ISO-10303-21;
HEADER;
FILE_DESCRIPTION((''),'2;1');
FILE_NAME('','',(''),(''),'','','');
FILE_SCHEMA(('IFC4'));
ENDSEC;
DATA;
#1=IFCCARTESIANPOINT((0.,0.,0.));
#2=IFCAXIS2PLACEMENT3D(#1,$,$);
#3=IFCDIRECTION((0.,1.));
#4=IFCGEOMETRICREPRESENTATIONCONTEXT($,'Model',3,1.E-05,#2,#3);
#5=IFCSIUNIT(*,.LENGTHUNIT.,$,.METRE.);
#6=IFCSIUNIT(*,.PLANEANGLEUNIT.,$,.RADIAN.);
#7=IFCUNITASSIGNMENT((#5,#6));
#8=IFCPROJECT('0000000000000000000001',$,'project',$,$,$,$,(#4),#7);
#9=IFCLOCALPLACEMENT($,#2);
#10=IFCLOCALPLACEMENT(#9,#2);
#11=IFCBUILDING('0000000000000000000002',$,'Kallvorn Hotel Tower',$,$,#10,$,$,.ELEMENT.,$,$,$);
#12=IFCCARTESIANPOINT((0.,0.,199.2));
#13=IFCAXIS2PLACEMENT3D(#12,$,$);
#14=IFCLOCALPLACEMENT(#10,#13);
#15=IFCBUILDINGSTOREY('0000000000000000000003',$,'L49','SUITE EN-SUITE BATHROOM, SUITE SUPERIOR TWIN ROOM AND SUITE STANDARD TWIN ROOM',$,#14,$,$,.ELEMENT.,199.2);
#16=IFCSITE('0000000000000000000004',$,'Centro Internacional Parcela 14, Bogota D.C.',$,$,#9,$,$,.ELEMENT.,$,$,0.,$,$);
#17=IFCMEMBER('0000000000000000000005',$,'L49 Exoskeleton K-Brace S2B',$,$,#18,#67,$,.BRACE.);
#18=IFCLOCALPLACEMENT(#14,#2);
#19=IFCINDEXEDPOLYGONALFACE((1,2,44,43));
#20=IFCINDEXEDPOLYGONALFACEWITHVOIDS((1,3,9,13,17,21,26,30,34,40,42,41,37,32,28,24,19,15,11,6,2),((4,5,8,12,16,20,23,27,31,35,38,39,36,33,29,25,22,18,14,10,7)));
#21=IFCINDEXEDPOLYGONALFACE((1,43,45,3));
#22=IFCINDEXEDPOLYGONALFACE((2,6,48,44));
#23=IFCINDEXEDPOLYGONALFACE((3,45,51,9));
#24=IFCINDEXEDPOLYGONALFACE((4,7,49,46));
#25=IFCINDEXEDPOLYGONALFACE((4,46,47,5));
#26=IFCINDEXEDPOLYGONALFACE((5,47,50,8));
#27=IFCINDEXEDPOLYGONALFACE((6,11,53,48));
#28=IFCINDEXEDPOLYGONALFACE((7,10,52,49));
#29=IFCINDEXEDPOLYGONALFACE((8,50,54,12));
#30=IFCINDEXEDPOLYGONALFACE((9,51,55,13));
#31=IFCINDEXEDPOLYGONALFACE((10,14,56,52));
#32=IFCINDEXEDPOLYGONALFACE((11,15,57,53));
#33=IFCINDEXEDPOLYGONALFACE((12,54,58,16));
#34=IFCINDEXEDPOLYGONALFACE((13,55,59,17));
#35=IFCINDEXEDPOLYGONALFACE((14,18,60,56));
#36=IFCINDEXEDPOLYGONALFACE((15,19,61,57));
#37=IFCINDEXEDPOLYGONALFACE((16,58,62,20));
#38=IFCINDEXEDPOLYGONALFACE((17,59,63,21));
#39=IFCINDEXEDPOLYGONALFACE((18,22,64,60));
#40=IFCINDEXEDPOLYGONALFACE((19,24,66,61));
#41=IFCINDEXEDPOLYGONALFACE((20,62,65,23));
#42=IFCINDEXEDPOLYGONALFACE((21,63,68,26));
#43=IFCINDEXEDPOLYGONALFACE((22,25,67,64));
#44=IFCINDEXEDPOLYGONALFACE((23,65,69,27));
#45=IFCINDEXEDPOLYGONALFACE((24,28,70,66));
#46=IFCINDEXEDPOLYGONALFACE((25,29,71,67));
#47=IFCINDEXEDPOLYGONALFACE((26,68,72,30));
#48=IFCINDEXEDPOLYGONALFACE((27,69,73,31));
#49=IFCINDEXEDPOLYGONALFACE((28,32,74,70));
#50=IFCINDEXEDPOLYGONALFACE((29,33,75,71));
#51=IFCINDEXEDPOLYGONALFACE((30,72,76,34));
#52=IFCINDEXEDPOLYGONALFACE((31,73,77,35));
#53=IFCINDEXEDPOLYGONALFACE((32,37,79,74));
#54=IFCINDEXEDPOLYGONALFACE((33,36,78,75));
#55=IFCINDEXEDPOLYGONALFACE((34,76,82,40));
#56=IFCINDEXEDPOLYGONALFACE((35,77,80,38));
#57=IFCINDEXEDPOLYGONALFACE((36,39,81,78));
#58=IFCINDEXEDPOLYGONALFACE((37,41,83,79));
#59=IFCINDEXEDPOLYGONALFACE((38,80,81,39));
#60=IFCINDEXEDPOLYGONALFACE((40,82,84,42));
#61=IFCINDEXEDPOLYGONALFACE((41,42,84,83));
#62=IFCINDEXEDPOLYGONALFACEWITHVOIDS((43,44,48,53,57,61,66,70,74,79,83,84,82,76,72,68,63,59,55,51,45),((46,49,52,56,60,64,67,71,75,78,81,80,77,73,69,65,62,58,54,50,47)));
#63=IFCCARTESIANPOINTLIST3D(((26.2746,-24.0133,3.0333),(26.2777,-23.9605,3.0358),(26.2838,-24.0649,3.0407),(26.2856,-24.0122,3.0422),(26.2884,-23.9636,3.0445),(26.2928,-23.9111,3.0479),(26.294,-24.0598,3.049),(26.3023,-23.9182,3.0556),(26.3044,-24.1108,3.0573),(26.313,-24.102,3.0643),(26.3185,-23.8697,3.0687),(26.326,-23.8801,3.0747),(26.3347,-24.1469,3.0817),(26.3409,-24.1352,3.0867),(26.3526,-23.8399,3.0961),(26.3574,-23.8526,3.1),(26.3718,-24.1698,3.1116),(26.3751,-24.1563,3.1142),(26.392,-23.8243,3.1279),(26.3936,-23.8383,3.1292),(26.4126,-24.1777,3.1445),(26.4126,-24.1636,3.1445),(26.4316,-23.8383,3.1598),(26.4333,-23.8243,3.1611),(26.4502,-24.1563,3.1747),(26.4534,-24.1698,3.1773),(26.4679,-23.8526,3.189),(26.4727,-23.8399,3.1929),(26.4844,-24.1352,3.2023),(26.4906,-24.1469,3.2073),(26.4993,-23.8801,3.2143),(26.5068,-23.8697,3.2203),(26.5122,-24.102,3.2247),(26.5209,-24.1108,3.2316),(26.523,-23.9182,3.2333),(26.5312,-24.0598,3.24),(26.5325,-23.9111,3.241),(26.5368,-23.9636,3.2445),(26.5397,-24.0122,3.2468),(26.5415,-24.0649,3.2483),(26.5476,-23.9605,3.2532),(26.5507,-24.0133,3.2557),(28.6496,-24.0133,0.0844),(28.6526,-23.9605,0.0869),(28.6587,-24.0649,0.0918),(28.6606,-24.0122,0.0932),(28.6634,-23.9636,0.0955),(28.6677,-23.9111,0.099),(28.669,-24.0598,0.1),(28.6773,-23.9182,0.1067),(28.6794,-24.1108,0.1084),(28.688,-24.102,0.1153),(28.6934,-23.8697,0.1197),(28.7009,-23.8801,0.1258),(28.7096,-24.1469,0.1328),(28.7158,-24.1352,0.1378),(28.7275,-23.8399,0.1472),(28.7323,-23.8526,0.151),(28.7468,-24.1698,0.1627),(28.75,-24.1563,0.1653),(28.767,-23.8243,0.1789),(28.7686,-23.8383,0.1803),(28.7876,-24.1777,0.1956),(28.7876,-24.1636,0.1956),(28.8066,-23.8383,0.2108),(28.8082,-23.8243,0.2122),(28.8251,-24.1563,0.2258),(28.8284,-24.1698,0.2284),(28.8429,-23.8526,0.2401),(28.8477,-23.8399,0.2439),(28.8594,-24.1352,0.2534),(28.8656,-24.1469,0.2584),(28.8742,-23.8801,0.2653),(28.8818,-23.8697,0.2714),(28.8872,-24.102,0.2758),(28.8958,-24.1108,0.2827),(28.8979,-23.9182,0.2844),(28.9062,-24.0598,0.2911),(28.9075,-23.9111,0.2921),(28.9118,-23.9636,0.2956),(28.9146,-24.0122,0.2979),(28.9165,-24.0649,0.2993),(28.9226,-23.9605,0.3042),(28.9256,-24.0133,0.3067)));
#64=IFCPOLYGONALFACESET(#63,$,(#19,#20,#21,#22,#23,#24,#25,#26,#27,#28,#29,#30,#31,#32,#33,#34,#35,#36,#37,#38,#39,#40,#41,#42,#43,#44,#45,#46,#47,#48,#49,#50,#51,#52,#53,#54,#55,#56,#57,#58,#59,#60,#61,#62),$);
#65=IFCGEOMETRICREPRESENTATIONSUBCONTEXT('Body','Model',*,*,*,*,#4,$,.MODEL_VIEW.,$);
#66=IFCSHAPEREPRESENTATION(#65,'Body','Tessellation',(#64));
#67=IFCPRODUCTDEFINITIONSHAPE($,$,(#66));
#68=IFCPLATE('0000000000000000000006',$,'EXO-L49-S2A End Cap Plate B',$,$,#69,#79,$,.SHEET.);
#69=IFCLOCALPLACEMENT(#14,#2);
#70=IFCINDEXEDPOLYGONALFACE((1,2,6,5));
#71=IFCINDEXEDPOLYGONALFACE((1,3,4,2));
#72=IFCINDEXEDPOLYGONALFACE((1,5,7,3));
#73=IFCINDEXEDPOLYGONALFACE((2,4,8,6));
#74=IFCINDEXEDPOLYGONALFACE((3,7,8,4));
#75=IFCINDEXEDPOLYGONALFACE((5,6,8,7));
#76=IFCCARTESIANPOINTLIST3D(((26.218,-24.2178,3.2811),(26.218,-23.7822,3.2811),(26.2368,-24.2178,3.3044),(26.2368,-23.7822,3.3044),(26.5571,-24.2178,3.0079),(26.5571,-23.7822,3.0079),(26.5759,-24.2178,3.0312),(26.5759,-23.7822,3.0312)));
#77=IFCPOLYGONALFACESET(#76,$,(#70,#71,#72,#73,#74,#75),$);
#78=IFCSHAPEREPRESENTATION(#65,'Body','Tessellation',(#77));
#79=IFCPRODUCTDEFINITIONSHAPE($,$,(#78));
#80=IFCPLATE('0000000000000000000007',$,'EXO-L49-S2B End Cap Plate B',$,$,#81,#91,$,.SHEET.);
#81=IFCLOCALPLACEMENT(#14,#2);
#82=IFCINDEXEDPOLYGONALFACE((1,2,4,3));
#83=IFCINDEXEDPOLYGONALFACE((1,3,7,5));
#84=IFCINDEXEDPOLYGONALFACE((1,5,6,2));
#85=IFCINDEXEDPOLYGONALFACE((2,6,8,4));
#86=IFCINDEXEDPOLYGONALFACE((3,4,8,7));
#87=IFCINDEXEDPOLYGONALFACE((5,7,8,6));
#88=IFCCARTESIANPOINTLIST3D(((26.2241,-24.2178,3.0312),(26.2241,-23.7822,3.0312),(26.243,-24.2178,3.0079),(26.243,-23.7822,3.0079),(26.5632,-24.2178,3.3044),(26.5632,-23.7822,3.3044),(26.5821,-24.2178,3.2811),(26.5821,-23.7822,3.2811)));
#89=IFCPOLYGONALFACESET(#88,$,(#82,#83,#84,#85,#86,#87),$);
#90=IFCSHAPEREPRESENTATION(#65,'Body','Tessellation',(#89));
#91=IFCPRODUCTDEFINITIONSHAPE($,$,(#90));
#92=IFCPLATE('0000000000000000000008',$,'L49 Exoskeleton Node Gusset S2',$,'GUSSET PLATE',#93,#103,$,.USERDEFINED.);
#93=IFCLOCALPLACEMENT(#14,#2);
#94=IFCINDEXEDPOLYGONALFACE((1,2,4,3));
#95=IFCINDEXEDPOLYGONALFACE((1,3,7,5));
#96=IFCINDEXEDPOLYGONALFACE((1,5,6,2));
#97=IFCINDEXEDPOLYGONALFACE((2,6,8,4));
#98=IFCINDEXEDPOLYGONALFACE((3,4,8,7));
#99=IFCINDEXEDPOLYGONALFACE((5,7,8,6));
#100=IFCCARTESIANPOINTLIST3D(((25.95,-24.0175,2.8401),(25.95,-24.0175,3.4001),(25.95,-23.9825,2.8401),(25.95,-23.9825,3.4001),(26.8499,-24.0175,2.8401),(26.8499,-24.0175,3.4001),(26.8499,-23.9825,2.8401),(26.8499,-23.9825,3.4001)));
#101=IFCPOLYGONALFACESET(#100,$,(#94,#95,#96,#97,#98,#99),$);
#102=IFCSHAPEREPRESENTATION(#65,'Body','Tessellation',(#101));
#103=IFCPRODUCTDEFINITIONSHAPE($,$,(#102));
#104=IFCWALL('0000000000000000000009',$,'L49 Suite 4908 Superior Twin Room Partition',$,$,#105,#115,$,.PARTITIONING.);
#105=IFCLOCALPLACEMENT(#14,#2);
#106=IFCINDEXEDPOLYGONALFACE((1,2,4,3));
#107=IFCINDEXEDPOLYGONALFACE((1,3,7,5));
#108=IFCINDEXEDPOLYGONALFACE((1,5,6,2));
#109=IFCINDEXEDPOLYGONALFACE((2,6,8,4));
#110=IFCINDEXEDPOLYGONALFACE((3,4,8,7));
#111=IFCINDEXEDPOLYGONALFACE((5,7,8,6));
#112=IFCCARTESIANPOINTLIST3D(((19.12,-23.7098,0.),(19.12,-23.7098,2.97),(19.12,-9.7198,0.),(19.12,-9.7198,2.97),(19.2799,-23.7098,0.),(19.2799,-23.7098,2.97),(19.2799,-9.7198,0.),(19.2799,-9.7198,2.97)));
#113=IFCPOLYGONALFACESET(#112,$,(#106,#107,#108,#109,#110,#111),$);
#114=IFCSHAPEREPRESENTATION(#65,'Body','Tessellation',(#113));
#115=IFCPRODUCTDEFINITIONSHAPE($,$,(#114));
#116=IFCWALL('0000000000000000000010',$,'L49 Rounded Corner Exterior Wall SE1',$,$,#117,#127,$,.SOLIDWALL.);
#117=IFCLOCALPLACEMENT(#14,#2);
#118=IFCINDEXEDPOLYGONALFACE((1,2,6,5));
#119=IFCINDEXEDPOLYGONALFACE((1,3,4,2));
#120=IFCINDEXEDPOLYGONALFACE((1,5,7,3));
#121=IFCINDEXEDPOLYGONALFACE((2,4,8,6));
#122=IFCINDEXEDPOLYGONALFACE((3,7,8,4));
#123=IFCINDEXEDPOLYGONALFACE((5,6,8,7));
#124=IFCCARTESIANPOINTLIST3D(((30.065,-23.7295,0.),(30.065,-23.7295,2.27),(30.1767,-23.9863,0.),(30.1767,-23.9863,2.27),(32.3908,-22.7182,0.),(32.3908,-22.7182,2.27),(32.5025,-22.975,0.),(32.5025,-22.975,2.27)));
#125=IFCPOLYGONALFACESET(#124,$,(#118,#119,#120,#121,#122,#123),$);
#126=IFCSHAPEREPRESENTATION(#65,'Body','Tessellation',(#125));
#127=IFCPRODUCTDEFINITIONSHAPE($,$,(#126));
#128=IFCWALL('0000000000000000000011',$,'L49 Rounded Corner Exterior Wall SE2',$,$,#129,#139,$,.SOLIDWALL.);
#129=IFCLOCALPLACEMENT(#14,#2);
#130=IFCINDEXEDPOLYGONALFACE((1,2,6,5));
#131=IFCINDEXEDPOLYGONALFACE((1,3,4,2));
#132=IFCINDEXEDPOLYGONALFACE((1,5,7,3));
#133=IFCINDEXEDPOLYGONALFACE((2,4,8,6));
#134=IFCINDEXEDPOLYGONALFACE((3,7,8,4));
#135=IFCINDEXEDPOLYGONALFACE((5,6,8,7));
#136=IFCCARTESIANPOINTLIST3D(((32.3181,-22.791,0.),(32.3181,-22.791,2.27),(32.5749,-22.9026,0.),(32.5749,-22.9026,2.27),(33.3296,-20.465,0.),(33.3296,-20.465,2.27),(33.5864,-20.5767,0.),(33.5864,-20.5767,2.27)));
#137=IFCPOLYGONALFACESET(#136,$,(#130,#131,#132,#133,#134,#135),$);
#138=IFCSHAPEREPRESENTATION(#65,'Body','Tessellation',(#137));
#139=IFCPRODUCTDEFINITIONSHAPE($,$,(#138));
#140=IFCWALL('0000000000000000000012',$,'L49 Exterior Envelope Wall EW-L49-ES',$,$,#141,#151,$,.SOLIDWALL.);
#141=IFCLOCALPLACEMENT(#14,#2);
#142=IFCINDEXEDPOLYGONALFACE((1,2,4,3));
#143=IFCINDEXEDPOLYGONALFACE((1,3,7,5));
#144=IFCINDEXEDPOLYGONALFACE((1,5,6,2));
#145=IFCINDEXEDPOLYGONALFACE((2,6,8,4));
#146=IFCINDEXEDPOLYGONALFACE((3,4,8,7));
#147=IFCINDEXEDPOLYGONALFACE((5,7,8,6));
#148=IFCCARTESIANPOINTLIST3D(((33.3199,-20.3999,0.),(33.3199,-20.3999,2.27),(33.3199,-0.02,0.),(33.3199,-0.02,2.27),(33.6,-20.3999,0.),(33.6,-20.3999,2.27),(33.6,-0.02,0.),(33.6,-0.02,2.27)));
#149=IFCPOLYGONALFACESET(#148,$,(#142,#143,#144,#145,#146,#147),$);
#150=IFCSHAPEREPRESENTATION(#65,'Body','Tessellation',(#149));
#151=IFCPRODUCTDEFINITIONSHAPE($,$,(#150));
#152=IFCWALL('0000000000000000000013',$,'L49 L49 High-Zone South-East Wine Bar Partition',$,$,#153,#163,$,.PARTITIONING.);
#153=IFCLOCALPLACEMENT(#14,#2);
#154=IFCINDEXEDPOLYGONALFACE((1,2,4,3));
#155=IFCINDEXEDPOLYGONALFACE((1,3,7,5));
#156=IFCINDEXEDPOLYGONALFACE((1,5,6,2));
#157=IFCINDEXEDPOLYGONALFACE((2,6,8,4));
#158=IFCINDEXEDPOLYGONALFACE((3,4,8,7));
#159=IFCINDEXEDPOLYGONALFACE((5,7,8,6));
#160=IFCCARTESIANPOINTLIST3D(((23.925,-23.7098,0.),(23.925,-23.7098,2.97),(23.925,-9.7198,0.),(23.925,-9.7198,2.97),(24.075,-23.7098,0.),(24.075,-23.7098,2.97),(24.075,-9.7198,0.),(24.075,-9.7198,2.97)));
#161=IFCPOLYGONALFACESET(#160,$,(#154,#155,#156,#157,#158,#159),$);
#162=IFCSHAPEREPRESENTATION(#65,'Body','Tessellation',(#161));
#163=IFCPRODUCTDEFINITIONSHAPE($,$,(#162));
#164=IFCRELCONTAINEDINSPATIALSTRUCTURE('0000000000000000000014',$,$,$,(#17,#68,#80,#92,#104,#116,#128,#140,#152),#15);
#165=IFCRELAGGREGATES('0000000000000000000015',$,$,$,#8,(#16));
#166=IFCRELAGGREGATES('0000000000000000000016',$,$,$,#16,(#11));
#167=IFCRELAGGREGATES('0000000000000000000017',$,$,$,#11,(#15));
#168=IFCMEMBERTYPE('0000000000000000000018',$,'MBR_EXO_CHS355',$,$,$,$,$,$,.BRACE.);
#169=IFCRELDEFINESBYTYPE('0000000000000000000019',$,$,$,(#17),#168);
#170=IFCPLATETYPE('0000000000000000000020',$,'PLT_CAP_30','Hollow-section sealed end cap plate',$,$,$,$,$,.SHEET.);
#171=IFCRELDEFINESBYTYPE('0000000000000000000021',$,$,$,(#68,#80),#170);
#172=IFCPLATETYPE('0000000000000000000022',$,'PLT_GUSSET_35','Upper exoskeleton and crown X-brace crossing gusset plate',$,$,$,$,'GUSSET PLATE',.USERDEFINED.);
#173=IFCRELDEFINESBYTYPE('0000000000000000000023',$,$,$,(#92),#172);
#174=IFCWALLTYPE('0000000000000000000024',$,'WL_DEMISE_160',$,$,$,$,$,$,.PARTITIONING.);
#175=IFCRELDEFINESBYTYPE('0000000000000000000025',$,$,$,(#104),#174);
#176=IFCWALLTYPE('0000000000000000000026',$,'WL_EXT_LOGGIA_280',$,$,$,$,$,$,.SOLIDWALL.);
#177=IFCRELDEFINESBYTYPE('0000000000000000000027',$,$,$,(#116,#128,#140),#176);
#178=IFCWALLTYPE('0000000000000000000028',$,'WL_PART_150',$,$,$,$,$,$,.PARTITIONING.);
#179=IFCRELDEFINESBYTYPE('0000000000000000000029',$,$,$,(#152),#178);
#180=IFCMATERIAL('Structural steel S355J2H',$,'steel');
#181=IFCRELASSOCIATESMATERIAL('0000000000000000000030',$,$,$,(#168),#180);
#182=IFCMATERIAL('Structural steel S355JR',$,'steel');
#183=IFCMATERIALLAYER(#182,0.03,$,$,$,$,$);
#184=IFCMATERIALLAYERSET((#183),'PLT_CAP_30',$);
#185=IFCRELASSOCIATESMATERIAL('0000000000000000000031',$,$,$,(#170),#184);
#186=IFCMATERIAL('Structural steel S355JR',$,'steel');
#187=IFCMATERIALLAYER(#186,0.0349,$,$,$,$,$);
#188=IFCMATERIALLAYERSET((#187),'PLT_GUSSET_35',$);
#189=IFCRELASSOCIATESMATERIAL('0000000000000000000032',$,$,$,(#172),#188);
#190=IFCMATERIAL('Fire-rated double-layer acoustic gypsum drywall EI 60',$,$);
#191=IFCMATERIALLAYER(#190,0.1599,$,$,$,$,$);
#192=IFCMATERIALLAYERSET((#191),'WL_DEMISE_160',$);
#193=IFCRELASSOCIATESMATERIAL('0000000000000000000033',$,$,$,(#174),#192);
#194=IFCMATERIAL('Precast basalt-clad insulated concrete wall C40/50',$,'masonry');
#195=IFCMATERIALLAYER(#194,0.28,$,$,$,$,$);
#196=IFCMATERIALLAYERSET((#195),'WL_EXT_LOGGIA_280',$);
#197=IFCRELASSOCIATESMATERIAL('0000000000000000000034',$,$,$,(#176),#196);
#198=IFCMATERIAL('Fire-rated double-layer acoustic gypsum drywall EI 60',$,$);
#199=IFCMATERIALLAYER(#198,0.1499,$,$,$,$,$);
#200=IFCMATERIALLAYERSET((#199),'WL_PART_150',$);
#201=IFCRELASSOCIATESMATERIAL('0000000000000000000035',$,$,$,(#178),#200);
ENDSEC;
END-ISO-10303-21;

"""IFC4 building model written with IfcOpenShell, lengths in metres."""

from ifc_helpers import new_model, si_unit, direction, frame, frame_2d, origin, origin_2d, place, context, subcontext, project, spatial, polyline, rectangle, hollow_circle, outline, extrude, material, layer, layer_set, material_profile, profile_set, type_object, element, save


model = new_model("IFC4")

# Units and contexts
model_context = context("Model", 3, precision=1e-05, world=origin(), true_north=direction((0.0, 1.0)))
body_context = subcontext(model_context, "Body", "Model", "MODEL_VIEW")
ifc_project = project(units=[si_unit("LENGTHUNIT", "METRE"), si_unit("PLANEANGLEUNIT", "RADIAN")], contexts=[model_context])

# Site, building, storey
site_placement = place(None, origin())
site = spatial("IfcSite", under=ifc_project, at=site_placement, Name="Centro Internacional Parcela 14, Bogota D.C.", CompositionType="ELEMENT", RefElevation=0.0)
building_placement = place(site_placement, origin())
building = spatial("IfcBuilding", under=site, at=building_placement, Name="Kallvorn Hotel Tower", CompositionType="ELEMENT")
storey_placement = place(building_placement, frame((0.0, 0.0, 199.2)))
storey = spatial("IfcBuildingStorey", under=building, at=storey_placement, Name="L49", Description="SUITE EN-SUITE BATHROOM, SUITE SUPERIOR TWIN ROOM AND SUITE STANDARD TWIN ROOM", CompositionType="ELEMENT", Elevation=199.2)

# Member
ifc_material_1 = material(Name="Structural steel S355J2H", Category="steel")
ifc_material_profile_1 = material_profile(ifc_material_1, hollow_circle(Radius=0.1777, WallThickness=0.0142, at=origin_2d()), Name="CHS 355.6x14.2")
ifc_profile_set_1 = profile_set([ifc_material_profile_1], Name="Structural steel S355J2H")
member_type = type_object("IfcMemberType", Name="MBR_EXO_CHS355", PredefinedType="BRACE", material=ifc_profile_set_1)
for number, where, z_axis, x_axis, name in (
    (1, (28.7876, -24.0, 0.1956), (-0.627239, 0.0, 0.778827), (0.0, -1.0, 0.0), "L49 Exoskeleton K-Brace S2B"),
):
    element("IfcMember", number, at=place(storey_placement, frame(where, z_axis=z_axis, x_axis=x_axis)), inside=storey, type_object=member_type, Name=name, PredefinedType="BRACE", context=body_context, shape_type="SweptSolid", body=[
        extrude(hollow_circle(Radius=0.1777, WallThickness=0.0142, at=origin_2d()), origin(), (0.0, 0.0, 1.0), 3.7864),
    ])

# Plates
ifc_material_2 = material(Name="Structural steel S355JR", Category="steel")
ifc_layer_1 = layer(ifc_material_2, 0.03)
ifc_layer_set_1 = layer_set([ifc_layer_1], Name="PLT_CAP_30")
plate_type_1 = type_object("IfcPlateType", Name="PLT_CAP_30", Description="Hollow-section sealed end cap plate", PredefinedType="SHEET", material=ifc_layer_set_1)
for number, where, z_axis, x_axis, name in (
    (2, (26.5759, -24.2178, 3.0312), (0.627358, 0.0, 0.778731), (0.0, 1.0, 0.0), "EXO-L49-S2A End Cap Plate B"),
    (3, (26.2241, -23.7822, 3.0312), (-0.627358, 0.0, 0.778731), (0.0, -1.0, 0.0), "EXO-L49-S2B End Cap Plate B"),
):
    element("IfcPlate", number, at=place(storey_placement, frame(where, z_axis=z_axis, x_axis=x_axis)), inside=storey, type_object=plate_type_1, Name=name, PredefinedType="SHEET", context=body_context, shape_type="SweptSolid", body=[
        extrude(outline(polyline([(0.0, 0.0), (0.4355, 0.0), (0.4355, 0.4355), (0.0, 0.4355), (0.0, 0.0)])), origin(), (0.0, 0.0, -1.0), 0.03),
    ])
ifc_material_3 = material(Name="Structural steel S355JR", Category="steel")
ifc_layer_2 = layer(ifc_material_3, 0.0349)
ifc_layer_set_2 = layer_set([ifc_layer_2], Name="PLT_GUSSET_35")
plate_type_2 = type_object("IfcPlateType", Name="PLT_GUSSET_35", Description="Upper exoskeleton and crown X-brace crossing gusset plate", ElementType="GUSSET PLATE", PredefinedType="USERDEFINED", material=ifc_layer_set_2)
plate_placement = place(storey_placement, frame((26.3999, -24.0, 2.8401), z_axis=(0.0, 0.0, 1.0), x_axis=(1.0, 0.0, 0.0)))
element("IfcPlate", 4, at=plate_placement, inside=storey, type_object=plate_type_2, Name="L49 Exoskeleton Node Gusset S2", ObjectType="GUSSET PLATE", PredefinedType="USERDEFINED", context=body_context, shape_type="SweptSolid", body=[
    extrude(rectangle(XDim=0.8999, YDim=0.0349, at=origin_2d()), origin(), (0.0, 0.0, 1.0), 0.5601),
])

# Walls
ifc_material_4 = material(Name="Fire-rated double-layer acoustic gypsum drywall EI 60")
ifc_layer_3 = layer(ifc_material_4, 0.1599)
ifc_layer_set_3 = layer_set([ifc_layer_3], Name="WL_DEMISE_160")
wall_type_1 = type_object("IfcWallType", Name="WL_DEMISE_160", PredefinedType="PARTITIONING", material=ifc_layer_set_3)
wall_1_placement = place(storey_placement, frame((19.2, -23.71, 0.0), z_axis=(0.0, 0.0, 1.0), x_axis=(0.0, 1.0, 0.0)))
element("IfcWall", 5, at=wall_1_placement, inside=storey, type_object=wall_type_1, Name="L49 Suite 4908 Superior Twin Room Partition", PredefinedType="PARTITIONING", context=body_context, shape_type="SweptSolid", body=[
    extrude(rectangle(XDim=13.99, YDim=0.1599, at=frame_2d((6.9951, 0.0))), origin(), (0.0, 0.0, 1.0), 2.97),
])
ifc_material_5 = material(Name="Precast basalt-clad insulated concrete wall C40/50", Category="masonry")
ifc_layer_4 = layer(ifc_material_5, 0.28)
ifc_layer_set_4 = layer_set([ifc_layer_4], Name="WL_EXT_LOGGIA_280")
wall_type_2 = type_object("IfcWallType", Name="WL_EXT_LOGGIA_280", PredefinedType="SOLIDWALL", material=ifc_layer_set_4)
wall_2_placement = place(storey_placement, frame((30.1208, -23.8579, 0.0), z_axis=(0.0, 0.0, 1.0), x_axis=(0.917061, 0.398747, 0.0)))
element("IfcWall", 6, at=wall_2_placement, inside=storey, type_object=wall_type_2, Name="L49 Rounded Corner Exterior Wall SE1", PredefinedType="SOLIDWALL", context=body_context, shape_type="SweptSolid", body=[
    extrude(rectangle(XDim=2.5361, YDim=0.28, at=frame_2d((1.2681, 0.0))), origin(), (0.0, 0.0, 1.0), 2.27),
])
wall_3_placement = place(storey_placement, frame((32.4465, -22.8467, 0.0), z_axis=(0.0, 0.0, 1.0), x_axis=(0.398793, 0.917041, 0.0)))
element("IfcWall", 7, at=wall_3_placement, inside=storey, type_object=wall_type_2, Name="L49 Rounded Corner Exterior Wall SE2", PredefinedType="SOLIDWALL", context=body_context, shape_type="SweptSolid", body=[
    extrude(rectangle(XDim=2.5364, YDim=0.28, at=frame_2d((1.2681, 0.0))), origin(), (0.0, 0.0, 1.0), 2.27),
])
wall_4_placement = place(storey_placement, frame((33.46, -20.3999, 0.0), z_axis=(0.0, 0.0, 1.0), x_axis=(0.0, 1.0, 0.0)))
element("IfcWall", 8, at=wall_4_placement, inside=storey, type_object=wall_type_2, Name="L49 Exterior Envelope Wall EW-L49-ES", PredefinedType="SOLIDWALL", context=body_context, shape_type="SweptSolid", body=[
    extrude(rectangle(XDim=20.3799, YDim=0.28, at=frame_2d((10.1899, 0.0))), origin(), (0.0, 0.0, 1.0), 2.27),
])
ifc_material_6 = material(Name="Fire-rated double-layer acoustic gypsum drywall EI 60")
ifc_layer_5 = layer(ifc_material_6, 0.1499)
ifc_layer_set_5 = layer_set([ifc_layer_5], Name="WL_PART_150")
wall_type_3 = type_object("IfcWallType", Name="WL_PART_150", PredefinedType="PARTITIONING", material=ifc_layer_set_5)
wall_5_placement = place(storey_placement, frame((24.0, -23.71, 0.0), z_axis=(0.0, 0.0, 1.0), x_axis=(0.0, 1.0, 0.0)))
element("IfcWall", 9, at=wall_5_placement, inside=storey, type_object=wall_type_3, Name="L49 L49 High-Zone South-East Wine Bar Partition", PredefinedType="PARTITIONING", context=body_context, shape_type="SweptSolid", body=[
    extrude(rectangle(XDim=13.99, YDim=0.1499, at=frame_2d((6.9951, 0.0))), origin(), (0.0, 0.0, 1.0), 2.97),
])

save(model, "model.ifc")
